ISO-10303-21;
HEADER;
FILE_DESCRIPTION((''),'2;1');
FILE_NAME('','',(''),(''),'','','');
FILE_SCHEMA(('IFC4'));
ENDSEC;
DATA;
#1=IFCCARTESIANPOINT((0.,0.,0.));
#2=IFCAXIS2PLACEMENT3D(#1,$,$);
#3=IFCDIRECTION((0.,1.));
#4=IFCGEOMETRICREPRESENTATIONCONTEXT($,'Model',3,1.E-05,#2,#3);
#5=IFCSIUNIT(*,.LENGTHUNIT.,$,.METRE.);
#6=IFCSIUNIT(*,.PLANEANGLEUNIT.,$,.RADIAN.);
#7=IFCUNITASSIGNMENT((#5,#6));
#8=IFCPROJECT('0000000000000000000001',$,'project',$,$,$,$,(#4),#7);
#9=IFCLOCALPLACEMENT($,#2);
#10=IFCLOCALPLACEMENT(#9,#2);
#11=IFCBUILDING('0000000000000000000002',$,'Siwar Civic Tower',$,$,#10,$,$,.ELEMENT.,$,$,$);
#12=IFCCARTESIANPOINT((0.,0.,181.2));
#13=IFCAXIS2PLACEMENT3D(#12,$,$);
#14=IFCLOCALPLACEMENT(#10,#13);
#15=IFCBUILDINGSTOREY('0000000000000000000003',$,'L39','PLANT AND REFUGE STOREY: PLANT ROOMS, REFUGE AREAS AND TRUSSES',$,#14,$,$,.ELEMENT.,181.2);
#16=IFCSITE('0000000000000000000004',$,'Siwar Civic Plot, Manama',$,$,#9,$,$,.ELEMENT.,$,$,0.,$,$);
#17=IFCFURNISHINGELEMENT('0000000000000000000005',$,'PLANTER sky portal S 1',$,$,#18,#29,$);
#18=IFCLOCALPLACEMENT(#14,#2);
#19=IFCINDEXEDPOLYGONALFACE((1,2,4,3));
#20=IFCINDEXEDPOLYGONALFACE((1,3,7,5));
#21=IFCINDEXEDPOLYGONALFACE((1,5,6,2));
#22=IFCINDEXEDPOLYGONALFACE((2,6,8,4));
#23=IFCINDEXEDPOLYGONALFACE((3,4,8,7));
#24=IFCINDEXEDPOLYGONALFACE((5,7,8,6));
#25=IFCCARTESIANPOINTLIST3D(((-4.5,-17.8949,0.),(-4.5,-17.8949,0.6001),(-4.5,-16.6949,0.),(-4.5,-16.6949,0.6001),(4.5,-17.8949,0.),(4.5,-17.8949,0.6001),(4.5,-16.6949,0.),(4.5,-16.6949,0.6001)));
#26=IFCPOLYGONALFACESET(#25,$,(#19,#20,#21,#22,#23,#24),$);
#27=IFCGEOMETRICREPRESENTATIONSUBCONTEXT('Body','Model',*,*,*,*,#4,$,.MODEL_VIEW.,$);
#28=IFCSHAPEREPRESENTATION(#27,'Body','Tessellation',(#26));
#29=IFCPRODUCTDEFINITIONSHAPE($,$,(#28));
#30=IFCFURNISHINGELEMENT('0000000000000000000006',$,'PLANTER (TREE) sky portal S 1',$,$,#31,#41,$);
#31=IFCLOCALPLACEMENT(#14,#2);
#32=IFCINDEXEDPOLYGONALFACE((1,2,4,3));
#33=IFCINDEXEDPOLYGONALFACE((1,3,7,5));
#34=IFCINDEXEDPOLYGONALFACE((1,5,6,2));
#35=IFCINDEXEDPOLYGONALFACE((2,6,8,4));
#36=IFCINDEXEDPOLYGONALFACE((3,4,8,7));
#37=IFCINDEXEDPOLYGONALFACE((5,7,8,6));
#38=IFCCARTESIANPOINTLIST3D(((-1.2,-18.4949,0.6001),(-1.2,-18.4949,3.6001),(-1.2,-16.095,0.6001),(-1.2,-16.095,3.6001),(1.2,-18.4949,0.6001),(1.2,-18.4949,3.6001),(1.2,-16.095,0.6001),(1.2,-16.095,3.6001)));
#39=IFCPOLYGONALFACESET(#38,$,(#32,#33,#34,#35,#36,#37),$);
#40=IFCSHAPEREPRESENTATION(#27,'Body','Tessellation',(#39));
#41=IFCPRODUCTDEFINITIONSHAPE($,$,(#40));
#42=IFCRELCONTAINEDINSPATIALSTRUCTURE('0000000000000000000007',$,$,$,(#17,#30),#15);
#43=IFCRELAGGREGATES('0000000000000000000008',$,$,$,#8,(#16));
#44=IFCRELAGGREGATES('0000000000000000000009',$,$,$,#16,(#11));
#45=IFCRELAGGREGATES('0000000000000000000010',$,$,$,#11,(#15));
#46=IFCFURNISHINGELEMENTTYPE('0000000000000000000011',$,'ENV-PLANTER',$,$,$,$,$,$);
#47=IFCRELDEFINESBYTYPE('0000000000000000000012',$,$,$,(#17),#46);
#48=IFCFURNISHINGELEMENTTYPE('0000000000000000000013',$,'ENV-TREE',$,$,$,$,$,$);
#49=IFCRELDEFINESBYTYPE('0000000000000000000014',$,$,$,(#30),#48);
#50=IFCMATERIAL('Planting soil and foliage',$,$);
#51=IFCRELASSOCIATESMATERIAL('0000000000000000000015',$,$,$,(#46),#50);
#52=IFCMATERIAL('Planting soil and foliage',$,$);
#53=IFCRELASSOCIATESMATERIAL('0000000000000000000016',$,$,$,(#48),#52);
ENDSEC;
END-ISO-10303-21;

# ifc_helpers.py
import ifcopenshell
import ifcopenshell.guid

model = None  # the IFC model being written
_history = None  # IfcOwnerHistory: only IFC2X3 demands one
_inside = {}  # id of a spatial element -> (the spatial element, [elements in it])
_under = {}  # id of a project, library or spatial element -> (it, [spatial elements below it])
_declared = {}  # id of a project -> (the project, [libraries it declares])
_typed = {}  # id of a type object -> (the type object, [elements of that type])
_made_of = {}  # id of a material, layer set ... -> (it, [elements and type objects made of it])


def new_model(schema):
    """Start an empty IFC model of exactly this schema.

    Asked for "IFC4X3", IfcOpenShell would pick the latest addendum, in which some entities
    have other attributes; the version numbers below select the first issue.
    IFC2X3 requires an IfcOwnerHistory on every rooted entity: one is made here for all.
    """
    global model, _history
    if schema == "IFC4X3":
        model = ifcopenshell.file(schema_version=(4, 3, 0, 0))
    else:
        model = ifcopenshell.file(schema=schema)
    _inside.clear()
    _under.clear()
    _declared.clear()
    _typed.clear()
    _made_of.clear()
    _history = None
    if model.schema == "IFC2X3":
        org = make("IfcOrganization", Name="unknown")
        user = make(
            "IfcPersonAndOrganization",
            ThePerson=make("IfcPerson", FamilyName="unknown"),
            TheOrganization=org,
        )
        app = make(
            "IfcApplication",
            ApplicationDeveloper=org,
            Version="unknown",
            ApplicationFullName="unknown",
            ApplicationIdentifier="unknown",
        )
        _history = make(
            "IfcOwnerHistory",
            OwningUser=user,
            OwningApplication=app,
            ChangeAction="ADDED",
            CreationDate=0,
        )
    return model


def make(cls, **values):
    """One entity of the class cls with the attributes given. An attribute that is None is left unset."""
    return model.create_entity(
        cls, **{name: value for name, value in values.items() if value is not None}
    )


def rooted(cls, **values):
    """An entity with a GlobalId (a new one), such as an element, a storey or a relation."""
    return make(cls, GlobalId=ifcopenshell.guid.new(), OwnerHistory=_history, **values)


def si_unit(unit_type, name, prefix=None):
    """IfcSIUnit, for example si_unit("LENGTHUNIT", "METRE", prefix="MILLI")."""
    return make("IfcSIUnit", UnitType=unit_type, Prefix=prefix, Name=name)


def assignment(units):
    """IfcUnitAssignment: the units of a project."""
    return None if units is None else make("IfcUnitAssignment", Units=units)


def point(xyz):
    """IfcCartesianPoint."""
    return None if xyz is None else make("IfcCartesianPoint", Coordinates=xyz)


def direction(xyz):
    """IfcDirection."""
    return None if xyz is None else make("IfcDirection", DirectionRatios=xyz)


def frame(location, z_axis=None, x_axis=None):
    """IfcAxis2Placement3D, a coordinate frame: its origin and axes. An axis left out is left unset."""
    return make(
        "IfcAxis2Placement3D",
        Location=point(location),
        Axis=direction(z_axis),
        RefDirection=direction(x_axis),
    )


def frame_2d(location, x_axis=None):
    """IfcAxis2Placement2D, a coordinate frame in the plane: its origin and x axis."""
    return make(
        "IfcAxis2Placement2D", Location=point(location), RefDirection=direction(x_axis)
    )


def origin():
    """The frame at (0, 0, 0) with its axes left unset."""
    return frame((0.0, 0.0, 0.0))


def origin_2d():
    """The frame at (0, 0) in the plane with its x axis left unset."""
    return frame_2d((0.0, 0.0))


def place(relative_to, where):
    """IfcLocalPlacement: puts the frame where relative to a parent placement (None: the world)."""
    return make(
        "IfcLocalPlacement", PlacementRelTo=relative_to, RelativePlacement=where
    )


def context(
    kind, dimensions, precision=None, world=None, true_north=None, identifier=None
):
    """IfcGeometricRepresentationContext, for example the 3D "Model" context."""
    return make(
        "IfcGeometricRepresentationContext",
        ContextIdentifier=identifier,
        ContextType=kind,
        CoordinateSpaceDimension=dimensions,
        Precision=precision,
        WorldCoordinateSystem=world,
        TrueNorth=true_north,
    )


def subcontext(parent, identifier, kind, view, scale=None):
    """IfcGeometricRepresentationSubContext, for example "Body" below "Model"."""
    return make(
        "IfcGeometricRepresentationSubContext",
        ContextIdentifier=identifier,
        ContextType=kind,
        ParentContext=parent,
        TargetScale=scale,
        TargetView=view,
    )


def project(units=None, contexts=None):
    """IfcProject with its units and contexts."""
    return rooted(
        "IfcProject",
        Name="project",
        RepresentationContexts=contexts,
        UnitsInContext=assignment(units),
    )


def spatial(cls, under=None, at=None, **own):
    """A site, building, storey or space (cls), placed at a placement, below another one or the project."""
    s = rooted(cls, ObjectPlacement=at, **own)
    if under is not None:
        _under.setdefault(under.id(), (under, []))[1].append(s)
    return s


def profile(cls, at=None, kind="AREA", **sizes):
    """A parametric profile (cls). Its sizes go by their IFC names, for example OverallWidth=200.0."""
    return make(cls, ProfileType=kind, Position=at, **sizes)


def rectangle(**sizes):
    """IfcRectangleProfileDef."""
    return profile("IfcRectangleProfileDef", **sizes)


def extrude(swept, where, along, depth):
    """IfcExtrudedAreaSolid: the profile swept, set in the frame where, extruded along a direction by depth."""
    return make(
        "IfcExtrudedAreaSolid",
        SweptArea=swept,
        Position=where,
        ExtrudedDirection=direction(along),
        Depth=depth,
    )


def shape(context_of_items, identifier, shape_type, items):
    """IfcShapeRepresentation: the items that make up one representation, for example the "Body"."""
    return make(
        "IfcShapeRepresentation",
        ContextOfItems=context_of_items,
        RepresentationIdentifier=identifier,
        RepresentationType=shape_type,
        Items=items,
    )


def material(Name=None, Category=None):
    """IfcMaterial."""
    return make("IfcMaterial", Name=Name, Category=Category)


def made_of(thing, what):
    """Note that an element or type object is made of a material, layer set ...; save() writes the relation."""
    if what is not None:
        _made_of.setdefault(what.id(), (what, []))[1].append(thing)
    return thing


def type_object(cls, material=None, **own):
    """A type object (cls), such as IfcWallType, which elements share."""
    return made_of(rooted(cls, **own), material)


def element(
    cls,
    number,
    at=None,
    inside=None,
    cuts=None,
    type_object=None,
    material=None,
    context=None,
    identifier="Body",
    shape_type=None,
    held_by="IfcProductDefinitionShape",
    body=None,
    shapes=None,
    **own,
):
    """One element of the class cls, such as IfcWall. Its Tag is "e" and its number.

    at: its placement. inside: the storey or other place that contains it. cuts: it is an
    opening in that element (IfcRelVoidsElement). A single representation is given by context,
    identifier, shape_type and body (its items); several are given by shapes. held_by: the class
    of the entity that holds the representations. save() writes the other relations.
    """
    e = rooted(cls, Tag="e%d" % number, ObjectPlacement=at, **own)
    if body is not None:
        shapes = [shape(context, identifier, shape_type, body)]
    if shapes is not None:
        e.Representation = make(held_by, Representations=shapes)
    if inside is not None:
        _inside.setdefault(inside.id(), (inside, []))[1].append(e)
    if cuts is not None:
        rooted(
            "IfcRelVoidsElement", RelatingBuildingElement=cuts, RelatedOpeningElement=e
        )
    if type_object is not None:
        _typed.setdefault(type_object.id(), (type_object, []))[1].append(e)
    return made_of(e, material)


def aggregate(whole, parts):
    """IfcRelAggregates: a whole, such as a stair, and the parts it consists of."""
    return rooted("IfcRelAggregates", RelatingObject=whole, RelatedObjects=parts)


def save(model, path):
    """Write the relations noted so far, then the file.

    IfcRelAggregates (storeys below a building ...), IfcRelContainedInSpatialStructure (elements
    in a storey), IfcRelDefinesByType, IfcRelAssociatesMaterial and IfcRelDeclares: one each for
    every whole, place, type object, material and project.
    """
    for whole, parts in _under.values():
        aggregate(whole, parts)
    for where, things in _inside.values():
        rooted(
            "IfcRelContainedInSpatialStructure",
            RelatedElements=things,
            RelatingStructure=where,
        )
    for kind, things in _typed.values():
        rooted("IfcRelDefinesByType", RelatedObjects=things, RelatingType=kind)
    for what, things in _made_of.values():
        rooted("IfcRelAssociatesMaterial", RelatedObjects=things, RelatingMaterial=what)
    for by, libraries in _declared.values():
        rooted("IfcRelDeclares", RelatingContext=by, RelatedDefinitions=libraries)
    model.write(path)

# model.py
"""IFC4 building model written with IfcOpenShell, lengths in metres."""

from ifc_helpers import new_model, si_unit, direction, frame, origin, origin_2d, place, context, subcontext, project, spatial, rectangle, extrude, material, type_object, element, save


model = new_model("IFC4")

# Units and contexts
model_context = context("Model", 3, precision=1e-05, world=origin(), true_north=direction((0.0, 1.0)))
body_context = subcontext(model_context, "Body", "Model", "MODEL_VIEW")
ifc_project = project(units=[si_unit("LENGTHUNIT", "METRE"), si_unit("PLANEANGLEUNIT", "RADIAN")], contexts=[model_context])

# Site, building, storey
site_placement = place(None, origin())
site = spatial("IfcSite", under=ifc_project, at=site_placement, Name="Siwar Civic Plot, Manama", CompositionType="ELEMENT", RefElevation=0.0)
building_placement = place(site_placement, origin())
building = spatial("IfcBuilding", under=site, at=building_placement, Name="Siwar Civic Tower", CompositionType="ELEMENT")
storey_placement = place(building_placement, frame((0.0, 0.0, 181.2)))
storey = spatial("IfcBuildingStorey", under=building, at=storey_placement, Name="L39", Description="PLANT AND REFUGE STOREY: PLANT ROOMS, REFUGE AREAS AND TRUSSES", CompositionType="ELEMENT", Elevation=181.2)

# Furnishing elements
ifc_material_1 = material(Name="Planting soil and foliage")
furnishing_element_type_1 = type_object("IfcFurnishingElementType", Name="ENV-PLANTER", material=ifc_material_1)
furnishing_1_placement = place(storey_placement, frame((0.0, -17.2949, 0.0), z_axis=(0.0, 0.0, 1.0), x_axis=(1.0, 0.0, 0.0)))
element("IfcFurnishingElement", 1, at=furnishing_1_placement, inside=storey, type_object=furnishing_element_type_1, Name="PLANTER sky portal S 1", context=body_context, shape_type="SweptSolid", body=[
    extrude(rectangle(XDim=9.0, YDim=1.2, at=origin_2d()), origin(), (0.0, 0.0, 1.0), 0.6001),
])
ifc_material_2 = material(Name="Planting soil and foliage")
furnishing_element_type_2 = type_object("IfcFurnishingElementType", Name="ENV-TREE", material=ifc_material_2)
furnishing_2_placement = place(storey_placement, frame((0.0, -17.2949, 0.6001), z_axis=(0.0, 0.0, 1.0), x_axis=(1.0, 0.0, 0.0)))
element("IfcFurnishingElement", 2, at=furnishing_2_placement, inside=storey, type_object=furnishing_element_type_2, Name="PLANTER (TREE) sky portal S 1", context=body_context, shape_type="SweptSolid", body=[
    extrude(rectangle(XDim=2.3999, YDim=2.3999, at=origin_2d()), origin(), (0.0, 0.0, 1.0), 3.0),
])

save(model, "model.ifc")
